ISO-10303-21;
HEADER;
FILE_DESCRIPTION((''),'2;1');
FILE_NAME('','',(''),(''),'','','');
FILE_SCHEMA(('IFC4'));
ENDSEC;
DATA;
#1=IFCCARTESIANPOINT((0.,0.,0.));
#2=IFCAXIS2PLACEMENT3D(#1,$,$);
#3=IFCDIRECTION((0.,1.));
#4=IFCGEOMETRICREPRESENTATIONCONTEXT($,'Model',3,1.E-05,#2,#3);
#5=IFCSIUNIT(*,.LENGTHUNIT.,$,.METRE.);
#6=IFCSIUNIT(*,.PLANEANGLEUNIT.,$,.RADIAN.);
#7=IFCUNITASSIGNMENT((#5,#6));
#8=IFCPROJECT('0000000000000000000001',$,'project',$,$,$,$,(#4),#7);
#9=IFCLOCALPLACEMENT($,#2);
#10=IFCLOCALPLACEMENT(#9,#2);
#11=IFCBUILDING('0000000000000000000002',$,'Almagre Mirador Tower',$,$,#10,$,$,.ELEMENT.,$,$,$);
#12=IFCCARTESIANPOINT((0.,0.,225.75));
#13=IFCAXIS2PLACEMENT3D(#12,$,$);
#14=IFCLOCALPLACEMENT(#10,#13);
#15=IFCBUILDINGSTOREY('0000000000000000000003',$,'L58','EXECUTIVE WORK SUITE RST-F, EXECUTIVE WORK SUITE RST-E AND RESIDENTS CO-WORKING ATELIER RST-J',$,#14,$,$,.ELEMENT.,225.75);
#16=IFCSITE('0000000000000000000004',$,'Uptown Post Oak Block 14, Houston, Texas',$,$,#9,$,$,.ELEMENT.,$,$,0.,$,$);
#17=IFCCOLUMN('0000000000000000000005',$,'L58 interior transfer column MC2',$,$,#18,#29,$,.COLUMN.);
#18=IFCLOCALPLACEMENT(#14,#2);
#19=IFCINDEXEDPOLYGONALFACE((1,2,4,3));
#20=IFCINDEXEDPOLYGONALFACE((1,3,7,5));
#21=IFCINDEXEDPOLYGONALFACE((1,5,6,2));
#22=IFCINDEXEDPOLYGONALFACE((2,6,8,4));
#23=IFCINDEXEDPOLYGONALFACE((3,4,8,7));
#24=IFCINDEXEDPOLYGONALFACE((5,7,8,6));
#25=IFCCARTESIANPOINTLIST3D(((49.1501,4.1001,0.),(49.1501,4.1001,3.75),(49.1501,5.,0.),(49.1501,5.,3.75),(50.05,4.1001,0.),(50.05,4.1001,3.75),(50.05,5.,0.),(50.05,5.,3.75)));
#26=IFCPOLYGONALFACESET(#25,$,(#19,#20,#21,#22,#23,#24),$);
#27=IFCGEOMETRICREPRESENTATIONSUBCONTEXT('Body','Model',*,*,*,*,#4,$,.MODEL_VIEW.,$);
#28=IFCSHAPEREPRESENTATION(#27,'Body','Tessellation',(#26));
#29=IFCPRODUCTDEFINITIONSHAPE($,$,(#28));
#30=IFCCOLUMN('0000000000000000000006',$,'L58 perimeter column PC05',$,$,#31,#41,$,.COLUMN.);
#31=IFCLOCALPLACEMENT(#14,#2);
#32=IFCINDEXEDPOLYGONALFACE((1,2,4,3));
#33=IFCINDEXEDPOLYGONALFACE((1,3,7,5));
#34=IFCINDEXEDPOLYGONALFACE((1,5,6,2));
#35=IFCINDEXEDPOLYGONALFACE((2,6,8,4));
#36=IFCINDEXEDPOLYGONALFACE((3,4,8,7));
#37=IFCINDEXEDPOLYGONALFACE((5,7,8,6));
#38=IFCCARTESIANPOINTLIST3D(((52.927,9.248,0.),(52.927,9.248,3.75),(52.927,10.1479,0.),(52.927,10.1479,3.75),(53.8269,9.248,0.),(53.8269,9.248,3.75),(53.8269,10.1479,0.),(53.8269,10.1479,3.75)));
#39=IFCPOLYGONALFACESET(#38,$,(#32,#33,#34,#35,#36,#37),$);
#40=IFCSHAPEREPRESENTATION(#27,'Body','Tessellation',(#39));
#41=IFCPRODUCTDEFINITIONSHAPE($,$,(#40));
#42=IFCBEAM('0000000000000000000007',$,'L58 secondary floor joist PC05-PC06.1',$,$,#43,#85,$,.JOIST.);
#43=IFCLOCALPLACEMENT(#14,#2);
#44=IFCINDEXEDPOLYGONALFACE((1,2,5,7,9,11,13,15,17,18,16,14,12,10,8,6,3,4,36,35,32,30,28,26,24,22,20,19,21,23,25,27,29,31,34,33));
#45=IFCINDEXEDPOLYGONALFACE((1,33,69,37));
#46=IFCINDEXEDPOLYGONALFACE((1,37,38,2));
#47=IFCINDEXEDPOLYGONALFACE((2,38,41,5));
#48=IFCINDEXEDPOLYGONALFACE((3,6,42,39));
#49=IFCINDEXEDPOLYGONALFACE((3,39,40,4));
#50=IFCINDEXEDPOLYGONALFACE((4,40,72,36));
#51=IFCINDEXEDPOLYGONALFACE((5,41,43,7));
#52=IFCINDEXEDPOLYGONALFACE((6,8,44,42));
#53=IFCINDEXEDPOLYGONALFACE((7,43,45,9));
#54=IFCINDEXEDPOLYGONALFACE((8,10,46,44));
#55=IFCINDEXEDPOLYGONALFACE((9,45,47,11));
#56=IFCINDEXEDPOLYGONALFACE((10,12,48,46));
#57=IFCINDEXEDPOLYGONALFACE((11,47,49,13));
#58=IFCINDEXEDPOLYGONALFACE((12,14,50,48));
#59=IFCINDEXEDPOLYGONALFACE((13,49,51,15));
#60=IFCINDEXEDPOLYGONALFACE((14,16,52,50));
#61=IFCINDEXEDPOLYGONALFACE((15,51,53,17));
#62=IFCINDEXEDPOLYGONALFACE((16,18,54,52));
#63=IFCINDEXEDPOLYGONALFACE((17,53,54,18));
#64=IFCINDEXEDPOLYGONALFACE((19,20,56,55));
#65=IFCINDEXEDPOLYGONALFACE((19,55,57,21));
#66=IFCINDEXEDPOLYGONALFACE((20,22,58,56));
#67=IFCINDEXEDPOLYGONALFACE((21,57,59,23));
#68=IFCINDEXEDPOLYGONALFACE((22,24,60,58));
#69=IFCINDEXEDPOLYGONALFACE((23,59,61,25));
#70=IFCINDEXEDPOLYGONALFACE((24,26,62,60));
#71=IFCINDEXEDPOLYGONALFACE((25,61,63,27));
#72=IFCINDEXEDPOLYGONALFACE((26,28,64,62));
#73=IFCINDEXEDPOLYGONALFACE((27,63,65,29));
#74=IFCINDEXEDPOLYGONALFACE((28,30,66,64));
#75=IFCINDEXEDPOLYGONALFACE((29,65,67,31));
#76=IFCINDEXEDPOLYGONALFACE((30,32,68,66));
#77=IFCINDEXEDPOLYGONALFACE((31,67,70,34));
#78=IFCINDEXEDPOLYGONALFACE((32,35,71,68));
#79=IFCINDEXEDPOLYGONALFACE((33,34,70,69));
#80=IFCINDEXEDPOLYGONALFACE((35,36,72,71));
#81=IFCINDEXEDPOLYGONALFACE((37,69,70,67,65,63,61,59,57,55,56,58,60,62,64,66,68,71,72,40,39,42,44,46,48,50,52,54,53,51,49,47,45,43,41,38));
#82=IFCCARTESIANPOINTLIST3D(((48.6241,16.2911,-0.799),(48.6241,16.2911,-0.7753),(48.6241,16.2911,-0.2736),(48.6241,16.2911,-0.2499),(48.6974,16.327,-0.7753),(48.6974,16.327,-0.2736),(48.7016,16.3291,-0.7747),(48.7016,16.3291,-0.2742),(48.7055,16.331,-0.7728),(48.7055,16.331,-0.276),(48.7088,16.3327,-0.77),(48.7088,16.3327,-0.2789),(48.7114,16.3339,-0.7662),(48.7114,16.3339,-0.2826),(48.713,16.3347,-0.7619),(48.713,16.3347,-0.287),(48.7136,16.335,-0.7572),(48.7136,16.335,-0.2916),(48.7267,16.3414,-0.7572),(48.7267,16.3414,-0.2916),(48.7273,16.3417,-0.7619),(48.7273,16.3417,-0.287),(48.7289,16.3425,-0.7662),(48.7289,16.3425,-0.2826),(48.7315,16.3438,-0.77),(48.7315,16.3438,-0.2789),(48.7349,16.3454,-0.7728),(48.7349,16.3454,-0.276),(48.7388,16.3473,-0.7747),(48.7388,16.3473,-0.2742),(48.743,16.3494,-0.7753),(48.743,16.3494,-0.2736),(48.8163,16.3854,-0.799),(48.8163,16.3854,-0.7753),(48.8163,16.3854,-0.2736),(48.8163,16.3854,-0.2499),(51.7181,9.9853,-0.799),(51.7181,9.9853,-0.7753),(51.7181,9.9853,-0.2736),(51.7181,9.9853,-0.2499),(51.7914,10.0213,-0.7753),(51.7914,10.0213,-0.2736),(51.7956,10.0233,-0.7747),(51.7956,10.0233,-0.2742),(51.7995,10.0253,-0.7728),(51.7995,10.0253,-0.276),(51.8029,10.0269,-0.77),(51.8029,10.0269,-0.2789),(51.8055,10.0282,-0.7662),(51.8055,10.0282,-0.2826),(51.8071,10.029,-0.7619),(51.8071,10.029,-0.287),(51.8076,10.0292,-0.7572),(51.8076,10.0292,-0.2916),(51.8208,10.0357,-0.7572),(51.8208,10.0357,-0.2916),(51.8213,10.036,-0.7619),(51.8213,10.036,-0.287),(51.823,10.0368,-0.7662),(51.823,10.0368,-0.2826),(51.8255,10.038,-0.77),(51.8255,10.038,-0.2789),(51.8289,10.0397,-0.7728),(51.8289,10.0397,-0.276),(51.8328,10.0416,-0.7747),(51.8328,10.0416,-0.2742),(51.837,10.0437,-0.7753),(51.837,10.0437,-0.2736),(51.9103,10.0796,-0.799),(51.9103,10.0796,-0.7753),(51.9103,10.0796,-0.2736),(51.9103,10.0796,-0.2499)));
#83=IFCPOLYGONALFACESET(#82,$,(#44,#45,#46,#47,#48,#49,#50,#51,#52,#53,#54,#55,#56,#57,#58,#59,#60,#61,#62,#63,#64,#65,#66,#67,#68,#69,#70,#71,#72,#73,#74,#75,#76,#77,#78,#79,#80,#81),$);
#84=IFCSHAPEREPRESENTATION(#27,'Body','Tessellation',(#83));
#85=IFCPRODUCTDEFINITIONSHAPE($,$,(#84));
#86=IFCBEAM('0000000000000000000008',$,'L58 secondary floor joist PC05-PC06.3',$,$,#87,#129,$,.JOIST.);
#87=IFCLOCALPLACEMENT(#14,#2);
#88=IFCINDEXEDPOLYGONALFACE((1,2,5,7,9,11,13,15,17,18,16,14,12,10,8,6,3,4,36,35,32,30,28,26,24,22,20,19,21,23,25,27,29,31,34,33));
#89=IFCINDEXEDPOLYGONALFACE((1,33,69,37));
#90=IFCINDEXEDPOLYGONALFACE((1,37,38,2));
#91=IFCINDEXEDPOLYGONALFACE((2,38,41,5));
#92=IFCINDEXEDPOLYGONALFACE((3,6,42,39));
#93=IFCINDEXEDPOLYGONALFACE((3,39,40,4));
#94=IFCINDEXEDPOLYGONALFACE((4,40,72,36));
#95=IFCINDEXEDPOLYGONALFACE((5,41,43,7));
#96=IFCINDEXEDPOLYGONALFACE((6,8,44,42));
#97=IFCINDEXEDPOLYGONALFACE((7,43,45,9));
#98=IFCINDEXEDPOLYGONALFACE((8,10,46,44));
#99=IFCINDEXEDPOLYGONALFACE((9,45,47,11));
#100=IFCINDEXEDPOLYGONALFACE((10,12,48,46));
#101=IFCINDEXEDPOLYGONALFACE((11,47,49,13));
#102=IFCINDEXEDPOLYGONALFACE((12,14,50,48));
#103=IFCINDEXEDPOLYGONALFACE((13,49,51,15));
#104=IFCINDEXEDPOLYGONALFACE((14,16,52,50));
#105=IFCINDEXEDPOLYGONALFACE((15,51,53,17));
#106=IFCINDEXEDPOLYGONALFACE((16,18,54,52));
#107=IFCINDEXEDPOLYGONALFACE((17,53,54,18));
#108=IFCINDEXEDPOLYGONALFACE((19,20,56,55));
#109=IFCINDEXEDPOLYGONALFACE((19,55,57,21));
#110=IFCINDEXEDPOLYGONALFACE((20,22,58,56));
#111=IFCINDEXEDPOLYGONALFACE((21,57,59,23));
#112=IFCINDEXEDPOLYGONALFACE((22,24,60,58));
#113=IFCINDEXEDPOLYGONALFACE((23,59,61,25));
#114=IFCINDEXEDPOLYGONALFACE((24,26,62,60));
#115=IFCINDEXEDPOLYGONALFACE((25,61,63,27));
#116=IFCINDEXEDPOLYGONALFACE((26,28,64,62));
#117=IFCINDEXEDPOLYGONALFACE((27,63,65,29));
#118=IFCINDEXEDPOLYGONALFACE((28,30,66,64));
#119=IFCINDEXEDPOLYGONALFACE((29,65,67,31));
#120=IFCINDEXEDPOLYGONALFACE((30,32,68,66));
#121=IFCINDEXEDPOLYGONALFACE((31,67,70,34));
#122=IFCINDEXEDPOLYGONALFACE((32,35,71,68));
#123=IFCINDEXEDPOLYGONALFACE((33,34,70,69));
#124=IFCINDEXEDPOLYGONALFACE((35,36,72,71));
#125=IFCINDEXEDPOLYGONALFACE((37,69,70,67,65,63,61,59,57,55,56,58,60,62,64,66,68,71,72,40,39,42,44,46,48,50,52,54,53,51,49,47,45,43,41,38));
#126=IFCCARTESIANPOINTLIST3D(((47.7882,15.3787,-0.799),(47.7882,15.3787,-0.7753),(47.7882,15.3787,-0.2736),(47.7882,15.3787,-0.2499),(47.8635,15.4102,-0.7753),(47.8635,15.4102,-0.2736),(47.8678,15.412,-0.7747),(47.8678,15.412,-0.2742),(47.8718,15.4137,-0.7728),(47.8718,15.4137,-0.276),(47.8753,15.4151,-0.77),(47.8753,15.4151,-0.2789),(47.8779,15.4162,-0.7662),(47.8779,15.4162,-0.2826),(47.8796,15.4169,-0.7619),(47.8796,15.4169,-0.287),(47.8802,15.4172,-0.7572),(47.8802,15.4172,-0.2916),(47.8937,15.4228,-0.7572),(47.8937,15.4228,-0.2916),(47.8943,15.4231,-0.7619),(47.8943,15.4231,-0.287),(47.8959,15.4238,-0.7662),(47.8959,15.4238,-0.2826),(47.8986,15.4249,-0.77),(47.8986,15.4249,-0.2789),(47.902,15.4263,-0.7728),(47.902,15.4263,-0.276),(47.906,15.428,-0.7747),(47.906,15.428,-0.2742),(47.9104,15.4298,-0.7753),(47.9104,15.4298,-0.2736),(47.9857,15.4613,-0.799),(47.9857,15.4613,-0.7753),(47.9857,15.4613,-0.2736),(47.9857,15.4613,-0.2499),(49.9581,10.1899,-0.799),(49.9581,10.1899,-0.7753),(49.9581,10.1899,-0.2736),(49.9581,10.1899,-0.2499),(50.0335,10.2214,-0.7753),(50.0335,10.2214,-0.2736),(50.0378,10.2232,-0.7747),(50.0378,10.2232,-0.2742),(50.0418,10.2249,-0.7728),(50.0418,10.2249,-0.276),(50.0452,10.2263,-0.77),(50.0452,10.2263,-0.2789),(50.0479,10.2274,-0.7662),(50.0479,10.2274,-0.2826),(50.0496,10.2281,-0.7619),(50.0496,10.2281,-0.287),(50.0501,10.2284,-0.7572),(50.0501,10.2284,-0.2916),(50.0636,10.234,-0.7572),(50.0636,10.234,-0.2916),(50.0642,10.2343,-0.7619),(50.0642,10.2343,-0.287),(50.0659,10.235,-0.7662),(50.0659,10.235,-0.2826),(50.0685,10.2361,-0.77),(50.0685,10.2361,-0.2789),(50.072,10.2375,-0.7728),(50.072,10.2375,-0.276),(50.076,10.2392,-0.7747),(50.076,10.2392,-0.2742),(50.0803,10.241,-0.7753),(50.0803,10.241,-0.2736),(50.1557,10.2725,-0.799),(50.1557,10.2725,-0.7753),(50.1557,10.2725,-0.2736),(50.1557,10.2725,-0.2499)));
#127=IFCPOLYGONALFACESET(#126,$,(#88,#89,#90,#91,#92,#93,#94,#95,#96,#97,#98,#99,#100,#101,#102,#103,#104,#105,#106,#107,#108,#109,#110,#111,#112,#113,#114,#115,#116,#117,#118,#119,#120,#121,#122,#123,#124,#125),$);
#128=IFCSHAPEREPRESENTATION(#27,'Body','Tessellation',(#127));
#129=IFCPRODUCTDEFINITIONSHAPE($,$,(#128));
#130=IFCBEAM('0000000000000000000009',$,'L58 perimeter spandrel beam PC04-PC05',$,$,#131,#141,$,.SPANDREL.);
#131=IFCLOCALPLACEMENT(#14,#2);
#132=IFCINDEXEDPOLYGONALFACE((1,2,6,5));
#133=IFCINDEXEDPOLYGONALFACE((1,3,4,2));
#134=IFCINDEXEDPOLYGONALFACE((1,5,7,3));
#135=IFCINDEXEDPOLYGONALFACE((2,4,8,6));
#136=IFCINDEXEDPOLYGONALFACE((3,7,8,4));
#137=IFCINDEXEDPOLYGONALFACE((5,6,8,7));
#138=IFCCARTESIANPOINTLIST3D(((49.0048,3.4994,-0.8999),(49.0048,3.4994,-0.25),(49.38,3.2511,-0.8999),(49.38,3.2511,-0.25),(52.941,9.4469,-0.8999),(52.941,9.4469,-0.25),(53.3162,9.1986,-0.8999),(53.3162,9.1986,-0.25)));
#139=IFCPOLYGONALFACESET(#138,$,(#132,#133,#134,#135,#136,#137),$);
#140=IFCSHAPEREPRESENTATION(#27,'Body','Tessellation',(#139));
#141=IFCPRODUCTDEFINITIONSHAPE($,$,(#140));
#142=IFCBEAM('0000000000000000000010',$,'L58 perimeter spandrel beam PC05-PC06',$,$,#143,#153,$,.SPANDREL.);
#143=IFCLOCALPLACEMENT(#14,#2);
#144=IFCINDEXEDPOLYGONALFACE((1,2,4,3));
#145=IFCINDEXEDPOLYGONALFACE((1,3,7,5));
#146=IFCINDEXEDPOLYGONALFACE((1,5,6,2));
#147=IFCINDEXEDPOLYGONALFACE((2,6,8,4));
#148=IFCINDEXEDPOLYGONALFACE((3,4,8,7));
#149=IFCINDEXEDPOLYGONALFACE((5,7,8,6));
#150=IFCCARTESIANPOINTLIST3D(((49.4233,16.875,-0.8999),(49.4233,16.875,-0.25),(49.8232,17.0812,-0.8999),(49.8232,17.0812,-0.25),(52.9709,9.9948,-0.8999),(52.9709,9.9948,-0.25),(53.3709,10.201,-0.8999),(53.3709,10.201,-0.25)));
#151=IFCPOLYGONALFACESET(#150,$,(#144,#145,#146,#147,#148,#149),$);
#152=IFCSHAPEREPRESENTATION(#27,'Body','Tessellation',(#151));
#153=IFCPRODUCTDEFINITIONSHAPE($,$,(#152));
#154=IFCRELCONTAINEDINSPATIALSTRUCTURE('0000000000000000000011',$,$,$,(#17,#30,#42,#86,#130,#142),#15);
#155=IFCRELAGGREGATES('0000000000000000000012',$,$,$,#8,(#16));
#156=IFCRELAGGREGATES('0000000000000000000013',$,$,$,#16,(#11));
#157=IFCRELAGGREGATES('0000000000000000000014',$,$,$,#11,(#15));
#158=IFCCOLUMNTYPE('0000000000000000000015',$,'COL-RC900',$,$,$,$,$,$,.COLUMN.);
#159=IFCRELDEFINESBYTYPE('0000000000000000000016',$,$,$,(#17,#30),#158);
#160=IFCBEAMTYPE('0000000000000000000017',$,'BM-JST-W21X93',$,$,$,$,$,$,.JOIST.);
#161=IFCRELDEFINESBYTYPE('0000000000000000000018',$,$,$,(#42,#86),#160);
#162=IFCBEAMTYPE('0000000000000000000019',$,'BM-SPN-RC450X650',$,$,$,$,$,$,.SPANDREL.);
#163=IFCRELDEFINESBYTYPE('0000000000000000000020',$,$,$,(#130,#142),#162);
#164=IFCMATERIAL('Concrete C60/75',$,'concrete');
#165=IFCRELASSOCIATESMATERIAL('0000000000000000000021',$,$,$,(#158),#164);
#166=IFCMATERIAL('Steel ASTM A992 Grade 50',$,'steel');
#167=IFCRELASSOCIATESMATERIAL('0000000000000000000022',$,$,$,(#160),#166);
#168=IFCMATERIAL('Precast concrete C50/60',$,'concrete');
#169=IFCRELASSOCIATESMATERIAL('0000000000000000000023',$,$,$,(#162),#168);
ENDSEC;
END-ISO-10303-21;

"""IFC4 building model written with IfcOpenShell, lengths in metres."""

from ifc_helpers import new_model, si_unit, direction, frame, origin, origin_2d, place, context, subcontext, project, spatial, rectangle, i_section, extrude, material, material_profile, profile_set, type_object, element, save


model = new_model("IFC4")

# Units and contexts
model_context = context("Model", 3, precision=1e-05, world=origin(), true_north=direction((0.0, 1.0)))
body_context = subcontext(model_context, "Body", "Model", "MODEL_VIEW")
ifc_project = project(units=[si_unit("LENGTHUNIT", "METRE"), si_unit("PLANEANGLEUNIT", "RADIAN")], contexts=[model_context])

# Site, building, storey
site_placement = place(None, origin())
site = spatial("IfcSite", under=ifc_project, at=site_placement, Name="Uptown Post Oak Block 14, Houston, Texas", CompositionType="ELEMENT", RefElevation=0.0)
building_placement = place(site_placement, origin())
building = spatial("IfcBuilding", under=site, at=building_placement, Name="Almagre Mirador Tower", CompositionType="ELEMENT")
storey_placement = place(building_placement, frame((0.0, 0.0, 225.75)))
storey = spatial("IfcBuildingStorey", under=building, at=storey_placement, Name="L58", Description="EXECUTIVE WORK SUITE RST-F, EXECUTIVE WORK SUITE RST-E AND RESIDENTS CO-WORKING ATELIER RST-J", CompositionType="ELEMENT", Elevation=225.75)

# Columns
ifc_material_1 = material(Name="Concrete C60/75", Category="concrete")
ifc_material_profile_1 = material_profile(ifc_material_1, rectangle(XDim=0.8999, YDim=0.8999, at=origin_2d()), Name="RC900X900")
ifc_profile_set_1 = profile_set([ifc_material_profile_1], Name="Concrete C60/75")
column_type = type_object("IfcColumnType", Name="COL-RC900", PredefinedType="COLUMN", material=ifc_profile_set_1)
for number, where, z_axis, x_axis, name in (
    (1, (49.6001, 4.55, 0.0), (0.0, 0.0, 1.0), (1.0, 0.0, 0.0), "L58 interior transfer column MC2"),
    (2, (53.377, 9.698, 0.0), (0.0, 0.0, 1.0), (1.0, 0.0, 0.0), "L58 perimeter column PC05"),
):
    element("IfcColumn", number, at=place(storey_placement, frame(where, z_axis=z_axis, x_axis=x_axis)), inside=storey, type_object=column_type, Name=name, PredefinedType="COLUMN", context=body_context, shape_type="SweptSolid", body=[
        extrude(rectangle(XDim=0.8999, YDim=0.8999, at=origin_2d()), origin(), (0.0, 0.0, 1.0), 3.75),
    ])

# Beams
ifc_material_2 = material(Name="Steel ASTM A992 Grade 50", Category="steel")
ifc_material_profile_2 = material_profile(ifc_material_2, i_section(OverallWidth=0.2141, OverallDepth=0.5491, WebThickness=0.0146, FlangeThickness=0.0237, FilletRadius=0.0181, at=origin_2d()), Name="W21X93")
ifc_profile_set_2 = profile_set([ifc_material_profile_2], Name="Steel ASTM A992 Grade 50")
beam_type_1 = type_object("IfcBeamType", Name="BM-JST-W21X93", PredefinedType="JOIST", material=ifc_profile_set_2)
beam_1_placement = place(storey_placement, frame((51.8142, 10.0325, -0.5244), z_axis=(-0.4405, 0.897753, 0.0), x_axis=(-0.897753, -0.4405, 0.0)))
element("IfcBeam", 3, at=beam_1_placement, inside=storey, type_object=beam_type_1, Name="L58 secondary floor joist PC05-PC06.1", PredefinedType="JOIST", context=body_context, shape_type="SweptSolid", body=[
    extrude(i_section(OverallWidth=0.2141, OverallDepth=0.5491, WebThickness=0.0146, FlangeThickness=0.0237, FilletRadius=0.0181, at=origin_2d()), origin(), (0.0, 0.0, 1.0), 7.0239),
])
beam_2_placement = place(storey_placement, frame((50.0569, 10.2312, -0.5244), z_axis=(-0.38582, 0.922574, 0.0), x_axis=(-0.922574, -0.38582, 0.0)))
element("IfcBeam", 4, at=beam_2_placement, inside=storey, type_object=beam_type_1, Name="L58 secondary floor joist PC05-PC06.3", PredefinedType="JOIST", context=body_context, shape_type="SweptSolid", body=[
    extrude(i_section(OverallWidth=0.2141, OverallDepth=0.5491, WebThickness=0.0146, FlangeThickness=0.0237, FilletRadius=0.0181, at=origin_2d()), origin(), (0.0, 0.0, 1.0), 5.6243),
])
ifc_material_3 = material(Name="Precast concrete C50/60", Category="concrete")
ifc_material_profile_3 = material_profile(ifc_material_3, rectangle(XDim=0.45, YDim=0.6499, at=origin_2d()), Name="RC450X650")
ifc_profile_set_3 = profile_set([ifc_material_profile_3], Name="Precast concrete C50/60")
beam_type_2 = type_object("IfcBeamType", Name="BM-SPN-RC450X650", PredefinedType="SPANDREL", material=ifc_profile_set_3)
beam_3_placement = place(storey_placement, frame((49.1924, 3.3752, -0.575), z_axis=(0.551909, 0.833905, 0.0), x_axis=(-0.833905, 0.551909, 0.0)))
element("IfcBeam", 5, at=beam_3_placement, inside=storey, type_object=beam_type_2, Name="L58 perimeter spandrel beam PC04-PC05", PredefinedType="SPANDREL", context=body_context, shape_type="SweptSolid", body=[
    extrude(rectangle(XDim=0.45, YDim=0.6499, at=origin_2d()), origin(), (0.0, 0.0, 1.0), 7.1321),
])
beam_4_placement = place(storey_placement, frame((53.1709, 10.0979, -0.575), z_axis=(-0.458293, 0.888801, 0.0), x_axis=(-0.888801, -0.458293, 0.0)))
element("IfcBeam", 6, at=beam_4_placement, inside=storey, type_object=beam_type_2, Name="L58 perimeter spandrel beam PC05-PC06", PredefinedType="SPANDREL", context=body_context, shape_type="SweptSolid", body=[
    extrude(rectangle(XDim=0.45, YDim=0.6499, at=origin_2d()), origin(), (0.0, 0.0, 1.0), 7.741),
])

save(model, "model.ifc")
